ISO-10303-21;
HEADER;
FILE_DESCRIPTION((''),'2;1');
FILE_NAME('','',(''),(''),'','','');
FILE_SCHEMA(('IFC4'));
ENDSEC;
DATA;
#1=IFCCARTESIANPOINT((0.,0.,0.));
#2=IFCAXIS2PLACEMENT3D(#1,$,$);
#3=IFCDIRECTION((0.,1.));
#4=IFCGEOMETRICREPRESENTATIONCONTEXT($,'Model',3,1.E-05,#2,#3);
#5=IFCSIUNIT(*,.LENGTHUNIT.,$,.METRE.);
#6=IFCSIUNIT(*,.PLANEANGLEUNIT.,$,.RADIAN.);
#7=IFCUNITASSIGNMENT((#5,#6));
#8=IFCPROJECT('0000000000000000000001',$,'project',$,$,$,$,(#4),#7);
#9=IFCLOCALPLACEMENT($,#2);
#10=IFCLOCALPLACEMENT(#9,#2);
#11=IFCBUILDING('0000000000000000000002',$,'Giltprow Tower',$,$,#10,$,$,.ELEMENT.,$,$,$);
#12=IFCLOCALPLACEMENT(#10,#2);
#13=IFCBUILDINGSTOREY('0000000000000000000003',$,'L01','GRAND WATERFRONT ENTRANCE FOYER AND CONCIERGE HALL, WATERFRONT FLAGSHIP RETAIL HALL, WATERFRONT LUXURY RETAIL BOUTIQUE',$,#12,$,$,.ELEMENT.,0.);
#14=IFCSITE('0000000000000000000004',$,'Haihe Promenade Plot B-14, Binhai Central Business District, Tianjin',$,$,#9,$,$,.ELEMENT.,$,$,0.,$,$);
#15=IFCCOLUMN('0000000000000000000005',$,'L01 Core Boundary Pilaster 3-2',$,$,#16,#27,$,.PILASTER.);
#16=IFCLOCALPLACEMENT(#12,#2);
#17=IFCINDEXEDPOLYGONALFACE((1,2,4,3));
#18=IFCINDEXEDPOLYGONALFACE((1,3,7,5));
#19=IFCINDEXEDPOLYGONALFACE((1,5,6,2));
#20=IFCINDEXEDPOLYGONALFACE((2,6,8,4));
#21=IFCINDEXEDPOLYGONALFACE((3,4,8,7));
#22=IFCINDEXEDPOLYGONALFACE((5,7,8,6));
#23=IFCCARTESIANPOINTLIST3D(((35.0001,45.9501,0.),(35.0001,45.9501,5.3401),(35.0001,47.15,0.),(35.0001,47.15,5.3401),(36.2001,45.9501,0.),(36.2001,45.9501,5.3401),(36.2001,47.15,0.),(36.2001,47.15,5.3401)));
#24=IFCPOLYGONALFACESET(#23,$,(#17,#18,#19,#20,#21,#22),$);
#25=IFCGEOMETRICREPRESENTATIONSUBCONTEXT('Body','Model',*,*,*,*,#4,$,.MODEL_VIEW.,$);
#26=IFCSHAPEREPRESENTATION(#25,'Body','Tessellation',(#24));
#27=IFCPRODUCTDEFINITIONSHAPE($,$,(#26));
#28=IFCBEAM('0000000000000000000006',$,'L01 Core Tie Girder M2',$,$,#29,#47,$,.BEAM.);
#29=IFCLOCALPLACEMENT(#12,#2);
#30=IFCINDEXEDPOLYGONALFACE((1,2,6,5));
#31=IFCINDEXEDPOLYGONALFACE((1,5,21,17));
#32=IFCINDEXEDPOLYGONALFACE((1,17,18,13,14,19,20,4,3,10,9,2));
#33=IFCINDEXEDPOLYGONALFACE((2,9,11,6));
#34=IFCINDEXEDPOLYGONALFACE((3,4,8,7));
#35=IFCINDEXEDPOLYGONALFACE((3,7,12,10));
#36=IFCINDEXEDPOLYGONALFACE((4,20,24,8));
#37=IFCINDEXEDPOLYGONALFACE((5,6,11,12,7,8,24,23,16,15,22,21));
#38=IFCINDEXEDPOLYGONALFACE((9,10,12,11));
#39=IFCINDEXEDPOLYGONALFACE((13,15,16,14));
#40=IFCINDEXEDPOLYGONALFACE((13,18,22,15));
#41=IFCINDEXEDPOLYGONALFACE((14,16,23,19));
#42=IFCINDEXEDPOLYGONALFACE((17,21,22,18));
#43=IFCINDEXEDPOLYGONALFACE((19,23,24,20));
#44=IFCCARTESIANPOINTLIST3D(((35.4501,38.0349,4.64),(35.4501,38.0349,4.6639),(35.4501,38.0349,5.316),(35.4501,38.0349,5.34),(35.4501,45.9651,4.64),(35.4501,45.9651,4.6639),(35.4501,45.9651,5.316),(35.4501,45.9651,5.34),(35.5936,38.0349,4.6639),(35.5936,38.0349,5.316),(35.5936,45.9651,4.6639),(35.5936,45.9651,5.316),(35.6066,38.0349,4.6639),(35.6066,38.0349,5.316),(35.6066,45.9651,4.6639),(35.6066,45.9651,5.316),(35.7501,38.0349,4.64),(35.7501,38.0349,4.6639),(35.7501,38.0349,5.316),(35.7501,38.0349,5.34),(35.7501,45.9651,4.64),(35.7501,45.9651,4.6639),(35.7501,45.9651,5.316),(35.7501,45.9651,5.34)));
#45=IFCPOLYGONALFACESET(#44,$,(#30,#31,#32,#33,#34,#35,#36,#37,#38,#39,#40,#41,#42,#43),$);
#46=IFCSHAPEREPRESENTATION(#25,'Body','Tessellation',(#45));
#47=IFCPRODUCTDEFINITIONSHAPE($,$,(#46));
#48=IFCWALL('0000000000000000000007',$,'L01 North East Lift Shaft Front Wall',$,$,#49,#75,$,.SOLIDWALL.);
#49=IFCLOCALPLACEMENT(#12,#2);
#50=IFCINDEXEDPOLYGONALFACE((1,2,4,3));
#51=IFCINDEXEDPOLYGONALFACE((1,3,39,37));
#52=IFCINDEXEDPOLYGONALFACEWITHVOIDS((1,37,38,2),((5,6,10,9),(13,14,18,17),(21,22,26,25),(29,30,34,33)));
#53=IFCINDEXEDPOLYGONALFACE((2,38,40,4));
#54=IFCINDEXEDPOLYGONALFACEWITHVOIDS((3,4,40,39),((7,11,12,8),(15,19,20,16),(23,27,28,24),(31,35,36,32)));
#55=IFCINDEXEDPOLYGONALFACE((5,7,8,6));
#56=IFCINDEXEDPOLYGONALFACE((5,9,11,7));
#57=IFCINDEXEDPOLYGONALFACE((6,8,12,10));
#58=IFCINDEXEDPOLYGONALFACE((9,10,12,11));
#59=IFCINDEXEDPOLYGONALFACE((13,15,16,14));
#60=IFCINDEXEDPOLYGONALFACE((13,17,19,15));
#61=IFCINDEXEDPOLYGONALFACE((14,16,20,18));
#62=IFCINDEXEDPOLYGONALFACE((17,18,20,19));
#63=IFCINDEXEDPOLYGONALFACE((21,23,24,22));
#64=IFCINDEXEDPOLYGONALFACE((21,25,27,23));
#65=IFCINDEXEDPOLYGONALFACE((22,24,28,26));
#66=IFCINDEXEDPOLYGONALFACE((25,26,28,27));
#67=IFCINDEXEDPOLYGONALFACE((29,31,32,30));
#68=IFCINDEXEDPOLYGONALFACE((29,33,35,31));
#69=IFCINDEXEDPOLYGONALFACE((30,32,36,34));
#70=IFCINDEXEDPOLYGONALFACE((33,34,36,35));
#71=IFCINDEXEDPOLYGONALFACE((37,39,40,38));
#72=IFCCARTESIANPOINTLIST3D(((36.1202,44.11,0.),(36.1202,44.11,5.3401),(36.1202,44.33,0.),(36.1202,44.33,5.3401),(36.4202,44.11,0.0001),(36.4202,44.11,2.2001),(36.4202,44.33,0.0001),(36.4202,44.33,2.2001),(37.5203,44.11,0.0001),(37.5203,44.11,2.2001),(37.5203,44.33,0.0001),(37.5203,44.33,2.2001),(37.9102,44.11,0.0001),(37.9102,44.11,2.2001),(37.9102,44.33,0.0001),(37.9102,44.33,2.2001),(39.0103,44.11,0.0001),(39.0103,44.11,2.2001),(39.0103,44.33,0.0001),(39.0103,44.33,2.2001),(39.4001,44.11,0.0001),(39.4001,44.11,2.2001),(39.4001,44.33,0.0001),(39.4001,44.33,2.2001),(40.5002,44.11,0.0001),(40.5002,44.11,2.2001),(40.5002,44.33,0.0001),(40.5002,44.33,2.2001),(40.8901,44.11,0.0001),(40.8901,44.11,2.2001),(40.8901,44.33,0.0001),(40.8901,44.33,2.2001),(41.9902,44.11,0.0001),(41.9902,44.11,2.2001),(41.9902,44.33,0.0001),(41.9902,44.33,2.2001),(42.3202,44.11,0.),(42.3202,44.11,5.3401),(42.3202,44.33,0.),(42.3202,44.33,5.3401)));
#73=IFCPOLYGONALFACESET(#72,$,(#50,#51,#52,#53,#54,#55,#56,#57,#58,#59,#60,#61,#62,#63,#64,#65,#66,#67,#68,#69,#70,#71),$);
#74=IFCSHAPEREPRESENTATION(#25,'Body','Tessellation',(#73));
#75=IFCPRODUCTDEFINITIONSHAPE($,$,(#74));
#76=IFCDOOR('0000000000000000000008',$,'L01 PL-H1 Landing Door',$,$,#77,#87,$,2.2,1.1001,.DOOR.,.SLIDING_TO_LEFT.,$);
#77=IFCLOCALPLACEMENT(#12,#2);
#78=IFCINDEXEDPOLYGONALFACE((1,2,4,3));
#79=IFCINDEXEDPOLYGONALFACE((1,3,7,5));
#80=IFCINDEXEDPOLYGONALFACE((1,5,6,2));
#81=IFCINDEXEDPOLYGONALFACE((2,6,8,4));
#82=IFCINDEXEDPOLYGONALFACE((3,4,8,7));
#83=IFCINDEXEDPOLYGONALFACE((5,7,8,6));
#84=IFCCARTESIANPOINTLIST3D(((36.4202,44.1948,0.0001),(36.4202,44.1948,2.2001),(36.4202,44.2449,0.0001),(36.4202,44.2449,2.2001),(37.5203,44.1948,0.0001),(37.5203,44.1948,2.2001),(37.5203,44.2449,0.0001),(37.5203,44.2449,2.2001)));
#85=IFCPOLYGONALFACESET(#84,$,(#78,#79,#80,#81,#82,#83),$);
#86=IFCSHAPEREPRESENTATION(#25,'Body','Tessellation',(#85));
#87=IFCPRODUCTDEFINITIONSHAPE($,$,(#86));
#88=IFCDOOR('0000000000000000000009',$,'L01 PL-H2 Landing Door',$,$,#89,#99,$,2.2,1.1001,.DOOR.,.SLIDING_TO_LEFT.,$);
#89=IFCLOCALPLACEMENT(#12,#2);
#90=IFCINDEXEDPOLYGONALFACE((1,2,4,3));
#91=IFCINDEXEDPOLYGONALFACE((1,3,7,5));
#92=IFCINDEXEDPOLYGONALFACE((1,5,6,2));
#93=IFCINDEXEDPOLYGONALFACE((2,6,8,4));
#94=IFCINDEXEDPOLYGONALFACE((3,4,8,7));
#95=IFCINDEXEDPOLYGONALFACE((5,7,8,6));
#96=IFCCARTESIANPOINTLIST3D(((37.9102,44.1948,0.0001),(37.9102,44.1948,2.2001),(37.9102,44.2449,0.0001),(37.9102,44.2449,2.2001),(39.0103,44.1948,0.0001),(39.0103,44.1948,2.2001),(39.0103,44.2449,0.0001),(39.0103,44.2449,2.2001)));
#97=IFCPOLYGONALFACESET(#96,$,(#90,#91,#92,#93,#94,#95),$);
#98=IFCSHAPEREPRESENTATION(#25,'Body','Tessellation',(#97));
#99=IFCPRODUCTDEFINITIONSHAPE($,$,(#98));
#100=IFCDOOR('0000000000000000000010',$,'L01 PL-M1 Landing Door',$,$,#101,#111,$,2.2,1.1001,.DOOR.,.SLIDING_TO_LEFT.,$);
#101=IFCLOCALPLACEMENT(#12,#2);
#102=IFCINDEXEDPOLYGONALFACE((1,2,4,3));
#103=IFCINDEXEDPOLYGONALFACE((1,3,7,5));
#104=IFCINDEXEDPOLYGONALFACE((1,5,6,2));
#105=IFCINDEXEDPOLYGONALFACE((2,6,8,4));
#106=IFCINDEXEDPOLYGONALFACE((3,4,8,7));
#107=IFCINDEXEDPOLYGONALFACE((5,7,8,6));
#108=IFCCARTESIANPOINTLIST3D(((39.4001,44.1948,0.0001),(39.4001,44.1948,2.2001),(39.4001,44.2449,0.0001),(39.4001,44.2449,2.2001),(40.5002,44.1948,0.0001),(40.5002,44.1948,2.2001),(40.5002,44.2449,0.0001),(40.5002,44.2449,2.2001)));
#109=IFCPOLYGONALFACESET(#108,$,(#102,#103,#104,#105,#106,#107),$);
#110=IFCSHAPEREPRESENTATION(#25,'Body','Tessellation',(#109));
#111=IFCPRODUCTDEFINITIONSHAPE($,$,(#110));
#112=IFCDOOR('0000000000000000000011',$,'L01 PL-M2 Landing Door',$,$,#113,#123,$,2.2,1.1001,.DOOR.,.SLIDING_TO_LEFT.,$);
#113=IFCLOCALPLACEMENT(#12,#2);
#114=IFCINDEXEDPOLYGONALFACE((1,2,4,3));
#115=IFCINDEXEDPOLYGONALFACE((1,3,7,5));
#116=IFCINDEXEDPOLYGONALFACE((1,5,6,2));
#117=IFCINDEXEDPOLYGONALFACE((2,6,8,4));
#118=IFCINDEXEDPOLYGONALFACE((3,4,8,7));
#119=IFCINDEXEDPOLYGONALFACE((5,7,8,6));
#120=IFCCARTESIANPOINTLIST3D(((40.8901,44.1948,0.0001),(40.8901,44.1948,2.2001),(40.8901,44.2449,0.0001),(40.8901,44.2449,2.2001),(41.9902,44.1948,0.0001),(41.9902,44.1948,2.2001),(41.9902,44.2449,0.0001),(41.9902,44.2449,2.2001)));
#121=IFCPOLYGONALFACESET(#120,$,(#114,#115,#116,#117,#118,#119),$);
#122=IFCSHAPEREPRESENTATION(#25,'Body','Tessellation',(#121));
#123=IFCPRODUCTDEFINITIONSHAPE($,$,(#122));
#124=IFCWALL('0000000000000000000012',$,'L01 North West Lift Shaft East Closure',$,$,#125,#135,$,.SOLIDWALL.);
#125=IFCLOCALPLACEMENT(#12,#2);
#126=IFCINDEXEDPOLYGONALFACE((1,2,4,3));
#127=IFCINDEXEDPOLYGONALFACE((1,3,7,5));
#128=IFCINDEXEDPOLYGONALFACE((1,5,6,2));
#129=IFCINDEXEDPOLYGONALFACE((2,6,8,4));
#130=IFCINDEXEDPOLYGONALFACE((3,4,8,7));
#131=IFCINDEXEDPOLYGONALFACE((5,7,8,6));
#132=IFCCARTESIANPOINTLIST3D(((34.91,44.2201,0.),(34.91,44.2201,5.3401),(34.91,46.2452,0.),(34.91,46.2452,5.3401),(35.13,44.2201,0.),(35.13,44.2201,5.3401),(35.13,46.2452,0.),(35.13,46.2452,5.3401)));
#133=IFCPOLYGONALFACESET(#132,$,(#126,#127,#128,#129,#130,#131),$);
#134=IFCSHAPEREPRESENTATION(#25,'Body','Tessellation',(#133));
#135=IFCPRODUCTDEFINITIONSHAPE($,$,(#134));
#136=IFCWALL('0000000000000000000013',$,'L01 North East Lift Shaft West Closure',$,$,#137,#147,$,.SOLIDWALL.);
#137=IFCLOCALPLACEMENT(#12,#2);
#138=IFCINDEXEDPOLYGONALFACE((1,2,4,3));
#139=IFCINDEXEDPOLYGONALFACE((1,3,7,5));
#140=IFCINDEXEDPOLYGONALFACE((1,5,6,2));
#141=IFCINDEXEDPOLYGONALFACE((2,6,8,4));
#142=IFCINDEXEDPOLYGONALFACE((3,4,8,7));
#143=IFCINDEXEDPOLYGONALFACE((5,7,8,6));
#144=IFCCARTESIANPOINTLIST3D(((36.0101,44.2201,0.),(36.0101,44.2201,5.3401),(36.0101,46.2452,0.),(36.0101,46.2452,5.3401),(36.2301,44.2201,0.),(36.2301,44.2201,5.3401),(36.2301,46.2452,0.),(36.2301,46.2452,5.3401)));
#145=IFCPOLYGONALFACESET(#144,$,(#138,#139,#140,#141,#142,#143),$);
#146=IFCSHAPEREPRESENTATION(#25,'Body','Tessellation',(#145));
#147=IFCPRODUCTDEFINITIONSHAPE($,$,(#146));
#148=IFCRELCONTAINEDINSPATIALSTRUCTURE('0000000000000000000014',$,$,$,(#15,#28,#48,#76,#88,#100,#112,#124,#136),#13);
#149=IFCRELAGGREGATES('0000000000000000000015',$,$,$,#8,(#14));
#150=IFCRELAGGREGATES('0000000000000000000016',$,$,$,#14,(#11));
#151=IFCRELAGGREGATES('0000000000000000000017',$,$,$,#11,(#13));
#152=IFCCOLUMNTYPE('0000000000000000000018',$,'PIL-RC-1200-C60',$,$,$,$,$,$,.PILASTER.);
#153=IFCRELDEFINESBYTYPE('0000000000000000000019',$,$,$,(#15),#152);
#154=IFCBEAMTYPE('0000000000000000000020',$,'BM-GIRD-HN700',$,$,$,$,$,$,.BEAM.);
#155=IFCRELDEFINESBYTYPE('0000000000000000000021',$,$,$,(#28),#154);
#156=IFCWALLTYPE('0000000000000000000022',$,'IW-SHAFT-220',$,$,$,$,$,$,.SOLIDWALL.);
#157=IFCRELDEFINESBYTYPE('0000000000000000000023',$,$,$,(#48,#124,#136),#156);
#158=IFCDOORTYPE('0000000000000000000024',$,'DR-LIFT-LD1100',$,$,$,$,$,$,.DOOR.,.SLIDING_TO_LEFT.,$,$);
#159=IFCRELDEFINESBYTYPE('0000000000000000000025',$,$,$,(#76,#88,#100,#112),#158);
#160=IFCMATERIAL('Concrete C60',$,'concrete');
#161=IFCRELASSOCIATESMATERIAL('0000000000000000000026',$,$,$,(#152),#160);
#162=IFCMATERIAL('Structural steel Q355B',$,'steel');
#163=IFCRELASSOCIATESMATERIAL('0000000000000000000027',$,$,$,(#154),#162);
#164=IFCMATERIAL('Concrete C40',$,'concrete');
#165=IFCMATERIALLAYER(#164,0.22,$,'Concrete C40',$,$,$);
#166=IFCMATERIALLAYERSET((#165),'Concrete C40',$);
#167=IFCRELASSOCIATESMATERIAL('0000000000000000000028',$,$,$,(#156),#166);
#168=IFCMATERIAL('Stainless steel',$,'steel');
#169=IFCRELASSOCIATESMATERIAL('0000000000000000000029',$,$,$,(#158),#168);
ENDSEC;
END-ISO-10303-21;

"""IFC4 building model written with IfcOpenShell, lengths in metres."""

from ifc_helpers import new_model, si_unit, direction, frame, frame_2d, origin, origin_2d, place, context, subcontext, project, spatial, rectangle, i_section, extrude, source, transform, mapped, material, layer, layer_set, material_profile, profile_set, type_object, element, fill, save


model = new_model("IFC4")

# Units and contexts
model_context = context("Model", 3, precision=1e-05, world=origin(), true_north=direction((0.0, 1.0)))
body_context = subcontext(model_context, "Body", "Model", "MODEL_VIEW")
ifc_project = project(units=[si_unit("LENGTHUNIT", "METRE"), si_unit("PLANEANGLEUNIT", "RADIAN")], contexts=[model_context])

# Site, building, storey
site_placement = place(None, origin())
site = spatial("IfcSite", under=ifc_project, at=site_placement, Name="Haihe Promenade Plot B-14, Binhai Central Business District, Tianjin", CompositionType="ELEMENT", RefElevation=0.0)
building_placement = place(site_placement, origin())
building = spatial("IfcBuilding", under=site, at=building_placement, Name="Giltprow Tower", CompositionType="ELEMENT")
storey_placement = place(building_placement, origin())
storey = spatial("IfcBuildingStorey", under=building, at=storey_placement, Name="L01", Description="GRAND WATERFRONT ENTRANCE FOYER AND CONCIERGE HALL, WATERFRONT FLAGSHIP RETAIL HALL, WATERFRONT LUXURY RETAIL BOUTIQUE", CompositionType="ELEMENT", Elevation=0.0)

# Column
ifc_material_1 = material(Name="Concrete C60", Category="concrete")
ifc_material_profile_1 = material_profile(ifc_material_1, rectangle(XDim=1.2, YDim=1.2, at=origin_2d()), Name="RC 1200x1200")
ifc_profile_set_1 = profile_set([ifc_material_profile_1], Name="Concrete C60")
column_type = type_object("IfcColumnType", Name="PIL-RC-1200-C60", PredefinedType="PILASTER", material=ifc_profile_set_1)
shared_shape_1 = source(origin(), body_context, "Body", "SweptSolid", [
    extrude(rectangle(XDim=1.2, YDim=1.2, at=origin_2d()), origin(), (0.0, 0.0, 1.0), 5.3401),
])
column_placement = place(storey_placement, frame((35.6001, 46.55, 0.0), z_axis=(0.0, 0.0, 1.0), x_axis=(1.0, 0.0, 0.0)))
element("IfcColumn", 1, at=column_placement, inside=storey, type_object=column_type, Name="L01 Core Boundary Pilaster 3-2", PredefinedType="PILASTER", context=body_context, shape_type="MappedRepresentation", body=[
    mapped(shared_shape_1, transform((0.0, 0.0, 0.0), x_axis=(1.0, 0.0, 0.0), y_axis=(0.0, 1.0, 0.0), z_axis=(0.0, 0.0, 1.0), scale=1.0)),
])

# Beam
ifc_material_2 = material(Name="Structural steel Q355B", Category="steel")
ifc_material_profile_2 = material_profile(ifc_material_2, i_section(OverallWidth=0.3, OverallDepth=0.7, WebThickness=0.0129, FlangeThickness=0.0239, at=origin_2d()), Name="HN 700x300x13x24")
ifc_profile_set_2 = profile_set([ifc_material_profile_2], Name="Structural steel Q355B")
beam_type = type_object("IfcBeamType", Name="BM-GIRD-HN700", PredefinedType="BEAM", material=ifc_profile_set_2)
shared_shape_2 = source(origin(), body_context, "Body", "SweptSolid", [
    extrude(i_section(OverallWidth=0.3, OverallDepth=0.7, WebThickness=0.0129, FlangeThickness=0.0239, at=origin_2d()), origin(), (0.0, 0.0, 1.0), 7.9302),
])
beam_placement = place(storey_placement, frame((35.6001, 38.0349, 4.99), z_axis=(0.0, 1.0, 0.0), x_axis=(-1.0, 0.0, 0.0)))
element("IfcBeam", 2, at=beam_placement, inside=storey, type_object=beam_type, Name="L01 Core Tie Girder M2", PredefinedType="BEAM", context=body_context, shape_type="MappedRepresentation", body=[
    mapped(shared_shape_2, transform((0.0, 0.0, 0.0), x_axis=(1.0, 0.0, 0.0), y_axis=(0.0, 1.0, 0.0), z_axis=(0.0, 0.0, 1.0), scale=1.0)),
])

# Wall, openings, doors
ifc_material_3 = material(Name="Concrete C40", Category="concrete")
ifc_layer_1 = layer(ifc_material_3, 0.22, Name="Concrete C40")
ifc_layer_set_1 = layer_set([ifc_layer_1], Name="Concrete C40")
wall_type_1 = type_object("IfcWallType", Name="IW-SHAFT-220", PredefinedType="SOLIDWALL", material=ifc_layer_set_1)
wall_1_placement = place(storey_placement, frame((36.1201, 44.22, 0.0), z_axis=(0.0, 0.0, 1.0), x_axis=(1.0, 0.0, 0.0)))
wall_1 = element("IfcWall", 3, at=wall_1_placement, inside=storey, type_object=wall_type_1, Name="L01 North East Lift Shaft Front Wall", PredefinedType="SOLIDWALL", context=body_context, shape_type="SweptSolid", body=[
    extrude(rectangle(XDim=6.2, YDim=0.22, at=frame_2d((3.1001, 0.0))), origin(), (0.0, 0.0, 1.0), 5.3401),
])
opening_1_placement = place(wall_1_placement, frame((0.3, 0.0, 0.0)))
opening_1 = element("IfcOpeningElement", 4, at=opening_1_placement, cuts=wall_1, PredefinedType="OPENING", context=body_context, shape_type="SweptSolid", body=[
    extrude(rectangle(XDim=1.1001, YDim=2.2, at=frame_2d((0.55, 1.1001))), frame((0.0, 0.1199, 0.0), z_axis=(0.0, -1.0, 0.0), x_axis=(1.0, 0.0, 0.0)), (0.0, 0.0, 1.0), 0.24),
])
opening_2_placement = place(wall_1_placement, frame((1.79, 0.0, 0.0)))
opening_2 = element("IfcOpeningElement", 5, at=opening_2_placement, cuts=wall_1, PredefinedType="OPENING", context=body_context, shape_type="SweptSolid", body=[
    extrude(rectangle(XDim=1.1001, YDim=2.2, at=frame_2d((0.55, 1.1001))), frame((0.0, 0.1199, 0.0), z_axis=(0.0, -1.0, 0.0), x_axis=(1.0, 0.0, 0.0)), (0.0, 0.0, 1.0), 0.24),
])
opening_3_placement = place(wall_1_placement, frame((3.28, 0.0, 0.0)))
opening_3 = element("IfcOpeningElement", 6, at=opening_3_placement, cuts=wall_1, PredefinedType="OPENING", context=body_context, shape_type="SweptSolid", body=[
    extrude(rectangle(XDim=1.1001, YDim=2.2, at=frame_2d((0.55, 1.1001))), frame((0.0, 0.1199, 0.0), z_axis=(0.0, -1.0, 0.0), x_axis=(1.0, 0.0, 0.0)), (0.0, 0.0, 1.0), 0.24),
])
opening_4_placement = place(wall_1_placement, frame((4.77, 0.0, 0.0)))
opening_4 = element("IfcOpeningElement", 7, at=opening_4_placement, cuts=wall_1, PredefinedType="OPENING", context=body_context, shape_type="SweptSolid", body=[
    extrude(rectangle(XDim=1.1001, YDim=2.2, at=frame_2d((0.55, 1.1001))), frame((0.0, 0.1199, 0.0), z_axis=(0.0, -1.0, 0.0), x_axis=(1.0, 0.0, 0.0)), (0.0, 0.0, 1.0), 0.24),
])
ifc_material_4 = material(Name="Stainless steel", Category="steel")
door_type_1 = type_object("IfcDoorType", Name="DR-LIFT-LD1100", OperationType="SLIDING_TO_LEFT", PredefinedType="DOOR", material=ifc_material_4)
shared_shape_3 = source(origin(), body_context, "Body", "SweptSolid", [
    extrude(rectangle(XDim=1.1001, YDim=2.2, at=frame_2d((0.55, 1.1001))), frame((0.0, 0.0249, 0.0), z_axis=(0.0, -1.0, 0.0), x_axis=(1.0, 0.0, 0.0)), (0.0, 0.0, 1.0), 0.05),
])
door_1_placement = place(opening_1_placement, origin())
door_1 = element("IfcDoor", 8, at=door_1_placement, inside=storey, type_object=door_type_1, Name="L01 PL-H1 Landing Door", OperationType="SLIDING_TO_LEFT", OverallHeight=2.2, OverallWidth=1.1001, PredefinedType="DOOR", context=body_context, shape_type="MappedRepresentation", body=[
    mapped(shared_shape_3, transform((0.0, 0.0, 0.0), x_axis=(1.0, 0.0, 0.0), y_axis=(0.0, 1.0, 0.0), z_axis=(0.0, 0.0, 1.0), scale=1.0)),
])
fill(opening_1, door_1)
door_2_placement = place(opening_2_placement, origin())
door_2 = element("IfcDoor", 9, at=door_2_placement, inside=storey, type_object=door_type_1, Name="L01 PL-H2 Landing Door", OperationType="SLIDING_TO_LEFT", OverallHeight=2.2, OverallWidth=1.1001, PredefinedType="DOOR", context=body_context, shape_type="MappedRepresentation", body=[
    mapped(shared_shape_3, transform((0.0, 0.0, 0.0), x_axis=(1.0, 0.0, 0.0), y_axis=(0.0, 1.0, 0.0), z_axis=(0.0, 0.0, 1.0), scale=1.0)),
])
fill(opening_2, door_2)
door_3_placement = place(opening_3_placement, origin())
door_3 = element("IfcDoor", 10, at=door_3_placement, inside=storey, type_object=door_type_1, Name="L01 PL-M1 Landing Door", OperationType="SLIDING_TO_LEFT", OverallHeight=2.2, OverallWidth=1.1001, PredefinedType="DOOR", context=body_context, shape_type="MappedRepresentation", body=[
    mapped(shared_shape_3, transform((0.0, 0.0, 0.0), x_axis=(1.0, 0.0, 0.0), y_axis=(0.0, 1.0, 0.0), z_axis=(0.0, 0.0, 1.0), scale=1.0)),
])
fill(opening_3, door_3)
door_4_placement = place(opening_4_placement, origin())
door_4 = element("IfcDoor", 11, at=door_4_placement, inside=storey, type_object=door_type_1, Name="L01 PL-M2 Landing Door", OperationType="SLIDING_TO_LEFT", OverallHeight=2.2, OverallWidth=1.1001, PredefinedType="DOOR", context=body_context, shape_type="MappedRepresentation", body=[
    mapped(shared_shape_3, transform((0.0, 0.0, 0.0), x_axis=(1.0, 0.0, 0.0), y_axis=(0.0, 1.0, 0.0), z_axis=(0.0, 0.0, 1.0), scale=1.0)),
])
fill(opening_4, door_4)

# Walls
for number, where, z_axis, x_axis, name in (
    (12, (35.02, 44.22, 0.0), (0.0, 0.0, 1.0), (0.0, 1.0, 0.0), "L01 North West Lift Shaft East Closure"),
    (13, (36.1201, 44.22, 0.0), (0.0, 0.0, 1.0), (0.0, 1.0, 0.0), "L01 North East Lift Shaft West Closure"),
):
    element("IfcWall", number, at=place(storey_placement, frame(where, z_axis=z_axis, x_axis=x_axis)), inside=storey, type_object=wall_type_1, Name=name, PredefinedType="SOLIDWALL", context=body_context, shape_type="SweptSolid", body=[
        extrude(rectangle(XDim=2.0251, YDim=0.22, at=frame_2d((1.0127, 0.0))), origin(), (0.0, 0.0, 1.0), 5.3401),
    ])

save(model, "model.ifc")
